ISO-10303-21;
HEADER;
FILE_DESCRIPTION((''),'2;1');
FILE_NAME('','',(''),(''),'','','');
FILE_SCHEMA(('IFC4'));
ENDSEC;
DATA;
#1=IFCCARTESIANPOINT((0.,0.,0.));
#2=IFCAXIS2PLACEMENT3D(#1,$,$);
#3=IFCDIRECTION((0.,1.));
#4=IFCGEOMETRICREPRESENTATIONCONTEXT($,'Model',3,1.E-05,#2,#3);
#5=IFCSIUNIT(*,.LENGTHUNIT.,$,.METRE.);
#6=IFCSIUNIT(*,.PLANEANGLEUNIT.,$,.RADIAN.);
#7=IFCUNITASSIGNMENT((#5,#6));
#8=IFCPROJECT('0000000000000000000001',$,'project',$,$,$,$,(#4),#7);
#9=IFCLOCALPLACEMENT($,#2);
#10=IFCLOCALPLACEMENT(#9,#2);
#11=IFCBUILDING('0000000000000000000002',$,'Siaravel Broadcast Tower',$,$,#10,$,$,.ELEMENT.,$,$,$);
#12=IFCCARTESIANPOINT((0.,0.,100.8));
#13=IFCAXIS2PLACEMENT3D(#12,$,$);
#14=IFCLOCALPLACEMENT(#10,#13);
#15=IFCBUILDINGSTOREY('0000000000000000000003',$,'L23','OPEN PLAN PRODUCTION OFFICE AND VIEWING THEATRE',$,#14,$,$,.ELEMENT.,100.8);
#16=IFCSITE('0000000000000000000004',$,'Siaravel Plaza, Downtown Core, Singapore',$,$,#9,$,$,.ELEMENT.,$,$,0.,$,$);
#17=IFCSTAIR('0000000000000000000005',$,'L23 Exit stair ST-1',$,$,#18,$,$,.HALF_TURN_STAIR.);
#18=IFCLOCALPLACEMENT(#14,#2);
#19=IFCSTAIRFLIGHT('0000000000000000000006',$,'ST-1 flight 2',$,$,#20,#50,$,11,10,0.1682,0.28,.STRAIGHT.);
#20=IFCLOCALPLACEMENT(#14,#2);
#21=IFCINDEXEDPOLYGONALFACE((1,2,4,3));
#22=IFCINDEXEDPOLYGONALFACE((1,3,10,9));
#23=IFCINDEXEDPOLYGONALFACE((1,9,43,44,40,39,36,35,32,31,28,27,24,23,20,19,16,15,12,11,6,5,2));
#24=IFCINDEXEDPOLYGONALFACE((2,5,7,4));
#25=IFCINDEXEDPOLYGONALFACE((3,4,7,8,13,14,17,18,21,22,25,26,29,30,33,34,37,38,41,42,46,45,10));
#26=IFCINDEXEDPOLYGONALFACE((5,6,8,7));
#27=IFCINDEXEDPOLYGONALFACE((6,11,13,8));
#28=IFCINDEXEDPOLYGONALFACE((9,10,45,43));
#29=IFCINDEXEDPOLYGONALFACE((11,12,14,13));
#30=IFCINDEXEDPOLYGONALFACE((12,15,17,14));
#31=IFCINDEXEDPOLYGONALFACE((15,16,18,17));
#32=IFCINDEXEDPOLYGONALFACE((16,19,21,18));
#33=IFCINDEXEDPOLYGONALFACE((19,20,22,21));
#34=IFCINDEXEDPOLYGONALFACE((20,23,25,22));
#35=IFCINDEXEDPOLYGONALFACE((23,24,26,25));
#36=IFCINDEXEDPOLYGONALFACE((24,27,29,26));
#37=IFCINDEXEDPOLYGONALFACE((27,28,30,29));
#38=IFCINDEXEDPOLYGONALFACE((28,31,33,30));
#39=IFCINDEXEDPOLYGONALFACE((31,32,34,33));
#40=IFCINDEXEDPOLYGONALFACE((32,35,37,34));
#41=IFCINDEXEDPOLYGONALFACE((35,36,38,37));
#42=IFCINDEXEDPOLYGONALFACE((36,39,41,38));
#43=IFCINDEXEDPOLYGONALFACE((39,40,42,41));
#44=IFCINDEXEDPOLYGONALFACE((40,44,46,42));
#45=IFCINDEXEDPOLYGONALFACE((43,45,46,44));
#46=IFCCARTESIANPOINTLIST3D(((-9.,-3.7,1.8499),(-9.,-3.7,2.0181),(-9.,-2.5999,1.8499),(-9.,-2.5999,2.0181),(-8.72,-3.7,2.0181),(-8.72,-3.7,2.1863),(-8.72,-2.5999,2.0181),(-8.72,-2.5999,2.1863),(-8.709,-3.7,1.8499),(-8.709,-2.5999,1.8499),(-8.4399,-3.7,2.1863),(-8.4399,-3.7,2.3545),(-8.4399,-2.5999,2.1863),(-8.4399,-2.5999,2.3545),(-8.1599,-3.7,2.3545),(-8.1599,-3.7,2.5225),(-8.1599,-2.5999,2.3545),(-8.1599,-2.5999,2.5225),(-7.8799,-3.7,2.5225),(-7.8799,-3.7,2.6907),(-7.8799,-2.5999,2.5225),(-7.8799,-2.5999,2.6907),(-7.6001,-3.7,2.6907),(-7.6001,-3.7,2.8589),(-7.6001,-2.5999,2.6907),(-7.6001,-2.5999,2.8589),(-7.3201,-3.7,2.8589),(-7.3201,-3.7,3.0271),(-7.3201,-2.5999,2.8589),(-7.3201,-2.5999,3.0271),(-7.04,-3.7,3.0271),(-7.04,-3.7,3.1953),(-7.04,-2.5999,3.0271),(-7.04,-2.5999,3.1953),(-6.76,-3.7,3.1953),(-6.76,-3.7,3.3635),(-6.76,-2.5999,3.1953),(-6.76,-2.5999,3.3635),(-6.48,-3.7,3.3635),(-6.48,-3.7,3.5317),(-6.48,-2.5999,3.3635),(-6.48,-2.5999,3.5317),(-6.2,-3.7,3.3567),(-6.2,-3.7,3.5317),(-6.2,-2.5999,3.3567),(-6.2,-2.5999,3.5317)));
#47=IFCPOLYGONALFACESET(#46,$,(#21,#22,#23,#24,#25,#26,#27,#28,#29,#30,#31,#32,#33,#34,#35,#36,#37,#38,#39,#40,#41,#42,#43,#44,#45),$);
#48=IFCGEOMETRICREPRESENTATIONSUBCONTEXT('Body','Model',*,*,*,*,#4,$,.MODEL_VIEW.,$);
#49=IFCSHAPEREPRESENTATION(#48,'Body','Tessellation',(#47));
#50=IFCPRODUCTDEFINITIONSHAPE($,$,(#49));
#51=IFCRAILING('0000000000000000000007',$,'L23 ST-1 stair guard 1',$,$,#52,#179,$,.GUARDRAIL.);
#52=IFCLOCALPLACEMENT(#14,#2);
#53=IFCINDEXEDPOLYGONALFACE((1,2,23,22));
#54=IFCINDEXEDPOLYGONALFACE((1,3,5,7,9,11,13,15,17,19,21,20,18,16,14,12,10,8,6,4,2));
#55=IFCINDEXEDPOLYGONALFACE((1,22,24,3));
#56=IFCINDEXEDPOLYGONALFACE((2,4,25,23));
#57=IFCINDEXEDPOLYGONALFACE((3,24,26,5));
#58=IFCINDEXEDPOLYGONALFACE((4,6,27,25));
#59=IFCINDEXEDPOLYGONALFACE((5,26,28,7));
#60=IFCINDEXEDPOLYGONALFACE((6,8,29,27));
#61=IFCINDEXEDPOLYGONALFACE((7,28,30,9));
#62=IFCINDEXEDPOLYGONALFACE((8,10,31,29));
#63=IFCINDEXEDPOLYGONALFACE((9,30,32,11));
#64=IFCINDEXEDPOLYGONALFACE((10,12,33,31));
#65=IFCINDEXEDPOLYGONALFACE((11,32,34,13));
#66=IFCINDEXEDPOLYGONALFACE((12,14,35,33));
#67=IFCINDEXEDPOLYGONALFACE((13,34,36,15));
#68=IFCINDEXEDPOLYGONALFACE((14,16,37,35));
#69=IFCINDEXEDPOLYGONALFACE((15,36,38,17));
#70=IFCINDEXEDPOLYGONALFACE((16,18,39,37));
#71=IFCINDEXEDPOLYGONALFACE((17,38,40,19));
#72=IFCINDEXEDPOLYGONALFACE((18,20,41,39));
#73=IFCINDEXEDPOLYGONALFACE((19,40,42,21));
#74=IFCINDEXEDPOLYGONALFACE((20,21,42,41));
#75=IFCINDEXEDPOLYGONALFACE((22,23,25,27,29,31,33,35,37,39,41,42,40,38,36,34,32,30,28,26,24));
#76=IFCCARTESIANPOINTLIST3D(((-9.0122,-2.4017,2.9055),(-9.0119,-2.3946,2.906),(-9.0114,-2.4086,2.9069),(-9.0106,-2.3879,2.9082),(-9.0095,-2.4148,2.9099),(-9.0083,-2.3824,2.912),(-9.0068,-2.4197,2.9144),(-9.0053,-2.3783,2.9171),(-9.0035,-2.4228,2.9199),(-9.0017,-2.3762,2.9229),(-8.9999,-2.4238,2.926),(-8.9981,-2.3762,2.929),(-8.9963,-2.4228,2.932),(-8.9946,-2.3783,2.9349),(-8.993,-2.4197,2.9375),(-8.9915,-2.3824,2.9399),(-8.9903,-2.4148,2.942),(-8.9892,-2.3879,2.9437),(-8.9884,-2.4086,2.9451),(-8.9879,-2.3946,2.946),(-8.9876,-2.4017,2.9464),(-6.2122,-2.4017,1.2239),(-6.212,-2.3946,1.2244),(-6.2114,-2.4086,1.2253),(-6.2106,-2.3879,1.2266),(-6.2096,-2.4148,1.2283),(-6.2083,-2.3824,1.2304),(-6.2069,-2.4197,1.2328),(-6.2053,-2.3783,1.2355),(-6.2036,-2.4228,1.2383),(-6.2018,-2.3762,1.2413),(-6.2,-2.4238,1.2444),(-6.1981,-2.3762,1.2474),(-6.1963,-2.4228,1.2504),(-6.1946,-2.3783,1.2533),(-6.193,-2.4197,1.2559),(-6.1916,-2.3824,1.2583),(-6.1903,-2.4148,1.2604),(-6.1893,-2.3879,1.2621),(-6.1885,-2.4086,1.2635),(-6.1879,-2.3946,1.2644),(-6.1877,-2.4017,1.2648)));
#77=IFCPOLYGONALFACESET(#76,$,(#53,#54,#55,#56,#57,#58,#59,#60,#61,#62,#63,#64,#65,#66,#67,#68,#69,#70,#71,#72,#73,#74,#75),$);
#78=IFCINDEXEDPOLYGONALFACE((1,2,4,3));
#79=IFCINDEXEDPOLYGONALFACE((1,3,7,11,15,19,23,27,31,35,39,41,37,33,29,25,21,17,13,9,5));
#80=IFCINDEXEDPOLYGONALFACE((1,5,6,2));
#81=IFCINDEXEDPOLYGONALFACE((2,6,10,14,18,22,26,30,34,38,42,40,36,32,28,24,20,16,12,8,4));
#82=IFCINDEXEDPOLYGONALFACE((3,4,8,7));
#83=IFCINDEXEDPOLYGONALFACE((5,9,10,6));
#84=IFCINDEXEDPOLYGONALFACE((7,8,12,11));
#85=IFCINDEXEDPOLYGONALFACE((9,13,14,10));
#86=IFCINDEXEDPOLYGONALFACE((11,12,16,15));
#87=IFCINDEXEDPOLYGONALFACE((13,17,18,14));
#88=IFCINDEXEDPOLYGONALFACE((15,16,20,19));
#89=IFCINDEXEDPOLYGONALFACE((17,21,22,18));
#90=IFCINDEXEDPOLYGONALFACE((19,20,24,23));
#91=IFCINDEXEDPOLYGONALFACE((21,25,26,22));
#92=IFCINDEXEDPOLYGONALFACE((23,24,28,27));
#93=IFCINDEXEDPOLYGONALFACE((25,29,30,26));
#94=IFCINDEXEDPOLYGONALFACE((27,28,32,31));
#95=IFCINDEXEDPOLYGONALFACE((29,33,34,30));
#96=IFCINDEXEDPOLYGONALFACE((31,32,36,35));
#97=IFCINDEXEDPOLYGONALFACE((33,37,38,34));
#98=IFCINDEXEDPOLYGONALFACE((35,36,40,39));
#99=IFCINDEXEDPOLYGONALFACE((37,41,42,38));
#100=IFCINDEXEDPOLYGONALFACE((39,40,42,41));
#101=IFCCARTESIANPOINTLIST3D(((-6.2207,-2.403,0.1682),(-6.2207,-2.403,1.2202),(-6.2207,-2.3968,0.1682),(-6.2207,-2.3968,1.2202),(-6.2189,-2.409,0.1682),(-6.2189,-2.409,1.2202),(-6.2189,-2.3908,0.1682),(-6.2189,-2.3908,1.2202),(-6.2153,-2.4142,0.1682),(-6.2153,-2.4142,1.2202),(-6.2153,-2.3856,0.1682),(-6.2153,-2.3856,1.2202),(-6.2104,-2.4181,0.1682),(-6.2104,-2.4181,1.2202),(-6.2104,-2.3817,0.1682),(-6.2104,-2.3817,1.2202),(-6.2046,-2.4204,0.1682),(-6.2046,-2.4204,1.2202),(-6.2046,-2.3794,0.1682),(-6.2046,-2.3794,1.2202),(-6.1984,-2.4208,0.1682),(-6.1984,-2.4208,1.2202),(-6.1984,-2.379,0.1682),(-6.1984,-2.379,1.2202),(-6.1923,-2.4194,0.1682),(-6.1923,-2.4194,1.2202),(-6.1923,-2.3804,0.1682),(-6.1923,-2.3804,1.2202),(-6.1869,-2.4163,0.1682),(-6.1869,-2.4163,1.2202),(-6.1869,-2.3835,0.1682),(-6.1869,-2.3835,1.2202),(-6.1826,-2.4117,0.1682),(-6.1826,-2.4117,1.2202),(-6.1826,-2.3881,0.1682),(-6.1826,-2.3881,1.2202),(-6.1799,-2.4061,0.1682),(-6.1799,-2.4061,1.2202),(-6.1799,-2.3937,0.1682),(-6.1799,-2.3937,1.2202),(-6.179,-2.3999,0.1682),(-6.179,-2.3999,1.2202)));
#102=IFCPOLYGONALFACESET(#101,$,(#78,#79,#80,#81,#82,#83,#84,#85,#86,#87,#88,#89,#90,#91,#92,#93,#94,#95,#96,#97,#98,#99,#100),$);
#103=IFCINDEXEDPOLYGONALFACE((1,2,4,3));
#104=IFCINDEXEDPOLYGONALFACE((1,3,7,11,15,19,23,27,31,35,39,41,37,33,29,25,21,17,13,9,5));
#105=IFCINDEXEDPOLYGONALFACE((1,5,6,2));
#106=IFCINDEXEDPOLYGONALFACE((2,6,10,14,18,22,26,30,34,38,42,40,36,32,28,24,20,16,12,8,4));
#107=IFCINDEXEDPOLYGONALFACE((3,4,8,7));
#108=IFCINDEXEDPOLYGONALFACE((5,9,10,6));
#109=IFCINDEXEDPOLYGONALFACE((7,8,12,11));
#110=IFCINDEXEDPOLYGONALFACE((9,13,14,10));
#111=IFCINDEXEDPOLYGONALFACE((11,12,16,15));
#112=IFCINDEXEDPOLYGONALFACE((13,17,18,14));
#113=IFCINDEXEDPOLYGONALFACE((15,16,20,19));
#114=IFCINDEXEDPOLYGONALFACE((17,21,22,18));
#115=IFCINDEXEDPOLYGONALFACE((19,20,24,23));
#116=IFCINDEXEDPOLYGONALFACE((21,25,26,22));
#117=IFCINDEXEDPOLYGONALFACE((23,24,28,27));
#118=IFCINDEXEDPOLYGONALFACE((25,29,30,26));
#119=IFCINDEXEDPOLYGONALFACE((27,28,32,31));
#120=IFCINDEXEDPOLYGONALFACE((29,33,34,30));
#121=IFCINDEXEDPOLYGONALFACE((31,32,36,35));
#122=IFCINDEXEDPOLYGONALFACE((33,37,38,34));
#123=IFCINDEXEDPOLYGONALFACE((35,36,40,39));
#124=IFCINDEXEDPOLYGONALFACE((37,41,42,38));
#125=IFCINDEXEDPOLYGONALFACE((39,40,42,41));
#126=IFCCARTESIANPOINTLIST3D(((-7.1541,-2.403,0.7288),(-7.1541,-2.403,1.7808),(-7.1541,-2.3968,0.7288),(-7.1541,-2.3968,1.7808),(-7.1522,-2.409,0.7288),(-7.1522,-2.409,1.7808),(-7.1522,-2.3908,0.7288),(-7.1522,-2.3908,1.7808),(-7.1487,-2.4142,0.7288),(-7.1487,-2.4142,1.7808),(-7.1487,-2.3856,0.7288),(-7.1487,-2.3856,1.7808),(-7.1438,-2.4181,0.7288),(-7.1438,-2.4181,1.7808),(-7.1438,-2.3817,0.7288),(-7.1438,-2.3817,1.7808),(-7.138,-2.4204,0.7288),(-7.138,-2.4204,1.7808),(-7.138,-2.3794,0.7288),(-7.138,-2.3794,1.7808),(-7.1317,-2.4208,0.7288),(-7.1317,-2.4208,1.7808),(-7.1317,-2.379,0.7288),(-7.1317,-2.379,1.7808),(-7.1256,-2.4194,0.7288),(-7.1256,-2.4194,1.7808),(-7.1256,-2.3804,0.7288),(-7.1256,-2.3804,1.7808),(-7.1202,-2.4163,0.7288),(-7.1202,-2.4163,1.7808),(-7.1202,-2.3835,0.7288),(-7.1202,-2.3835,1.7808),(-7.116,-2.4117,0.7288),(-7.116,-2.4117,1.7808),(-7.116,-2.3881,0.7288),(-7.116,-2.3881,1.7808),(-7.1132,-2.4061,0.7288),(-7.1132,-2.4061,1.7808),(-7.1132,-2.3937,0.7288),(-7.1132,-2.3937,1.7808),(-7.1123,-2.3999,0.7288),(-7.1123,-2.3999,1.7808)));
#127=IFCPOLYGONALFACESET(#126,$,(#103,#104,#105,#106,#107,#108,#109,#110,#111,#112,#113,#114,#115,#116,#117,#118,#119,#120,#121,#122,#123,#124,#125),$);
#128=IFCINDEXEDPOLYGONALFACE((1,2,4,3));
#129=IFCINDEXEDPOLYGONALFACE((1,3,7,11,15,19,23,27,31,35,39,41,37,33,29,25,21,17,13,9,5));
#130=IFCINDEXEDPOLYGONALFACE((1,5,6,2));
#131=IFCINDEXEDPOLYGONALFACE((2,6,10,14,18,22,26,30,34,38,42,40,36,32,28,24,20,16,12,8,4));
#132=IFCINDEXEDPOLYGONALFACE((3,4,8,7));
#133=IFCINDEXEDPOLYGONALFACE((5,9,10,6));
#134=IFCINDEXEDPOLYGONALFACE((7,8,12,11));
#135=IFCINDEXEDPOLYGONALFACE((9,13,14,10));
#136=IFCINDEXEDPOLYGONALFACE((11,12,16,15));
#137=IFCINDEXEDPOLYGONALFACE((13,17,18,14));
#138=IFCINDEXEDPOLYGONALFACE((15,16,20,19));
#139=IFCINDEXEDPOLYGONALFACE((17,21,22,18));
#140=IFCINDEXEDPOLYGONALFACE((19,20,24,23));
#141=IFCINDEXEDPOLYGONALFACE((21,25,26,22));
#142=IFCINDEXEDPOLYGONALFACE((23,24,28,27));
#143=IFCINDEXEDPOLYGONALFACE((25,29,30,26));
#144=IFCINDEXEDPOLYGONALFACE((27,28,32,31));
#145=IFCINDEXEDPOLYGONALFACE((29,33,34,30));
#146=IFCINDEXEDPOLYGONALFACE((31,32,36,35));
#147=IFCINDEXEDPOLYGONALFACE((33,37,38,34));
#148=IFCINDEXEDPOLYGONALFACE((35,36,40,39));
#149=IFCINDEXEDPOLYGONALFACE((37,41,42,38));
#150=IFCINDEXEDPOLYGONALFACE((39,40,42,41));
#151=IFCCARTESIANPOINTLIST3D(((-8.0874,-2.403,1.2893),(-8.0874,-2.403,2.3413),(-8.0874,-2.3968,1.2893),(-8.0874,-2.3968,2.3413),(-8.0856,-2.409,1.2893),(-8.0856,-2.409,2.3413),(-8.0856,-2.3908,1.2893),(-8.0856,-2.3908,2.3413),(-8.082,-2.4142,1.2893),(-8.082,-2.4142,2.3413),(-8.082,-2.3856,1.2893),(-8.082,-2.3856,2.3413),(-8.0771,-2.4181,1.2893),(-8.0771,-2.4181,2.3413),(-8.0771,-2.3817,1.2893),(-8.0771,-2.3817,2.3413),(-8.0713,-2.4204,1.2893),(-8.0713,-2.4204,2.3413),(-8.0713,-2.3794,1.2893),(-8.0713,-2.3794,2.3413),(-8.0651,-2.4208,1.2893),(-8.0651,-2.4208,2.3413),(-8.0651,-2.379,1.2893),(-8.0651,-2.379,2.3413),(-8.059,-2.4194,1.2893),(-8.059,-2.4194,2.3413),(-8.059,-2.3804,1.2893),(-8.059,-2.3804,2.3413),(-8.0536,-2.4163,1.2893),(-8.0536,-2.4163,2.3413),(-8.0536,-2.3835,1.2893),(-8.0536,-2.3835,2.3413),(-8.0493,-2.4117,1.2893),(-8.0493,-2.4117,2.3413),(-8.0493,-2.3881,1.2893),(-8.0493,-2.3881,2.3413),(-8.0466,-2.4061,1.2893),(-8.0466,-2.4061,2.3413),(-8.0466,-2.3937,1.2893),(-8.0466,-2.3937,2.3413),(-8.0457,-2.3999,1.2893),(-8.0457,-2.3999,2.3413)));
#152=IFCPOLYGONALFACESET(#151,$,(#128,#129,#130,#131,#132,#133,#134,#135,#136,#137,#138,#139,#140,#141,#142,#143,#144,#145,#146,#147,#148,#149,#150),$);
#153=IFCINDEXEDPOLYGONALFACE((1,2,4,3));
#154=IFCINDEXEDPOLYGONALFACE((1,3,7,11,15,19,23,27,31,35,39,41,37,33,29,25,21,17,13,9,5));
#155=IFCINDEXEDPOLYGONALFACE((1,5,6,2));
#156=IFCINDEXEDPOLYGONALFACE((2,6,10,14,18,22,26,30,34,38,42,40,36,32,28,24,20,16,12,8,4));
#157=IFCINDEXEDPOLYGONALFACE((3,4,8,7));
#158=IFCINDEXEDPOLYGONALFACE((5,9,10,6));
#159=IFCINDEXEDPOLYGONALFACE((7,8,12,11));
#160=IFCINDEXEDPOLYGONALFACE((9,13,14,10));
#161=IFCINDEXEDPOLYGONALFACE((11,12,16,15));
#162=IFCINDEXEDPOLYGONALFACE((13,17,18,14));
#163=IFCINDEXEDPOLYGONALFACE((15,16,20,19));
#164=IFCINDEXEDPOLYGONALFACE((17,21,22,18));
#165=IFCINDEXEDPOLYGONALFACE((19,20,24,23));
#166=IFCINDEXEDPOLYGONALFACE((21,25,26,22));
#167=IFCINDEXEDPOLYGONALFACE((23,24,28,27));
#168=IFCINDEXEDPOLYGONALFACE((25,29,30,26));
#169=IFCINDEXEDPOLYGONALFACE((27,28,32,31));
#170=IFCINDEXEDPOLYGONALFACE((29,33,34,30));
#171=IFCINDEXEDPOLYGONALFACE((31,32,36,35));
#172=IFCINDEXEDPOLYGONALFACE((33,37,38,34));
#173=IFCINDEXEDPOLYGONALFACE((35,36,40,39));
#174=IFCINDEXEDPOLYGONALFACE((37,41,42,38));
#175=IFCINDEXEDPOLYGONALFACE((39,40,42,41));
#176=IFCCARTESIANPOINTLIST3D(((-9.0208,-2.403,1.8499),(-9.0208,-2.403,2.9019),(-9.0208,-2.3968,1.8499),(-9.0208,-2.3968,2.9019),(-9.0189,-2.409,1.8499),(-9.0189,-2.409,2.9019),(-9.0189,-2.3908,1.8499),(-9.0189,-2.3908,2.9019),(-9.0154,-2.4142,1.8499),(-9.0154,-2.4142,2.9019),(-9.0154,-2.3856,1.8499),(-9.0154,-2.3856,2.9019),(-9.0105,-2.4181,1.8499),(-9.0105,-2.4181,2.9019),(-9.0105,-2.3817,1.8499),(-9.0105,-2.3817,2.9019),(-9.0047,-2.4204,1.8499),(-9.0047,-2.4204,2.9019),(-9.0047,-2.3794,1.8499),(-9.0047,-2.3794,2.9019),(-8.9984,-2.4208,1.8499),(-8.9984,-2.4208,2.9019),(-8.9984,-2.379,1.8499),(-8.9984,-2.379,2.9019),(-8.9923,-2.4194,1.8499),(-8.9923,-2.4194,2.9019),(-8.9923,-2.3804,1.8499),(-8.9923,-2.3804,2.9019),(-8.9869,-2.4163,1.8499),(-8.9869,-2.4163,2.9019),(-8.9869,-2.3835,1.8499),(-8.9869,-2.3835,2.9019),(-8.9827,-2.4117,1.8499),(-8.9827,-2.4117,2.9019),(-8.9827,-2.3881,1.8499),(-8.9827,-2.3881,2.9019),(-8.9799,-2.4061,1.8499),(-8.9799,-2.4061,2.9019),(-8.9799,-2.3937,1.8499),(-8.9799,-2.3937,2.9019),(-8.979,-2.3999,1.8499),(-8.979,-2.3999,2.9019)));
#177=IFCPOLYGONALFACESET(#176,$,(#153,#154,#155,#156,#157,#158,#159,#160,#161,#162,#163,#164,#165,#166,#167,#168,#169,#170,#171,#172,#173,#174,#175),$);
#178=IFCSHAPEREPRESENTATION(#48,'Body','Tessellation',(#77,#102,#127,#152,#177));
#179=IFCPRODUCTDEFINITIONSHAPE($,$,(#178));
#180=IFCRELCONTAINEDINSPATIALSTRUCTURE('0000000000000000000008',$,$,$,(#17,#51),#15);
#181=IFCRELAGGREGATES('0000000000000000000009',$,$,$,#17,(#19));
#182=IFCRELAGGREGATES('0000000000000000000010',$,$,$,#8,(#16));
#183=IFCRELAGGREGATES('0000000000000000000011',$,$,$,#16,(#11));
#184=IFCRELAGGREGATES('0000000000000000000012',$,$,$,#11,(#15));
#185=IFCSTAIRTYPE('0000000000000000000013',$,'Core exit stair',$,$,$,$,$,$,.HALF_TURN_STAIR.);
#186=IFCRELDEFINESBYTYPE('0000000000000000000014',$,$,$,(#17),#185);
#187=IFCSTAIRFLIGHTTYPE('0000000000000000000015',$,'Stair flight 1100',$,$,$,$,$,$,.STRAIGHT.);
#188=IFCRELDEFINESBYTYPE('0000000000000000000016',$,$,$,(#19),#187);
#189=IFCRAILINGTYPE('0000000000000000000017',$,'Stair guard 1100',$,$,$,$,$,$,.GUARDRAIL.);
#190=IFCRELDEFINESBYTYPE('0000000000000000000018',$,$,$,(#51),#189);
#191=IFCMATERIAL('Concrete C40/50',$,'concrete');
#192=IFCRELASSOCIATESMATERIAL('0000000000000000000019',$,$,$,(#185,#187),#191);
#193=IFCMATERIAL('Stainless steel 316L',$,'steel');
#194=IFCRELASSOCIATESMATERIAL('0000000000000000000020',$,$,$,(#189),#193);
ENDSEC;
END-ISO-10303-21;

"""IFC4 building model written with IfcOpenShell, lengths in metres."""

from ifc_helpers import new_model, si_unit, direction, frame, origin, origin_2d, place, context, subcontext, project, spatial, polyline, circle, outline, extrude, material, type_object, element, aggregate, save


model = new_model("IFC4")

# Units and contexts
model_context = context("Model", 3, precision=1e-05, world=origin(), true_north=direction((0.0, 1.0)))
body_context = subcontext(model_context, "Body", "Model", "MODEL_VIEW")
ifc_project = project(units=[si_unit("LENGTHUNIT", "METRE"), si_unit("PLANEANGLEUNIT", "RADIAN")], contexts=[model_context])

# Site, building, storey
site_placement = place(None, origin())
site = spatial("IfcSite", under=ifc_project, at=site_placement, Name="Siaravel Plaza, Downtown Core, Singapore", CompositionType="ELEMENT", RefElevation=0.0)
building_placement = place(site_placement, origin())
building = spatial("IfcBuilding", under=site, at=building_placement, Name="Siaravel Broadcast Tower", CompositionType="ELEMENT")
storey_placement = place(building_placement, frame((0.0, 0.0, 100.8)))
storey = spatial("IfcBuildingStorey", under=building, at=storey_placement, Name="L23", Description="OPEN PLAN PRODUCTION OFFICE AND VIEWING THEATRE", CompositionType="ELEMENT", Elevation=100.8)

# Stair, stair flight
ifc_material_1 = material(Name="Concrete C40/50", Category="concrete")
stair_type = type_object("IfcStairType", Name="Core exit stair", PredefinedType="HALF_TURN_STAIR", material=ifc_material_1)
stair_placement = place(storey_placement, origin())
stair = element("IfcStair", 1, at=stair_placement, inside=storey, type_object=stair_type, Name="L23 Exit stair ST-1", PredefinedType="HALF_TURN_STAIR")
stair_flight_type = type_object("IfcStairFlightType", Name="Stair flight 1100", PredefinedType="STRAIGHT", material=ifc_material_1)
stair_flight_1_placement = place(storey_placement, frame((-9.0, -3.1499, 1.8499), z_axis=(0.0, 0.0, 1.0), x_axis=(1.0, 0.0, 0.0)))
stair_flight_1 = element("IfcStairFlight", 2, at=stair_flight_1_placement, type_object=stair_flight_type, Name="ST-1 flight 2", NumberOfRisers=11, NumberOfTreads=10, PredefinedType="STRAIGHT", RiserHeight=0.1682, TreadLength=0.28, context=body_context, shape_type="SweptSolid", body=[
    extrude(outline(polyline([(0.0, 0.0), (0.0, 0.1682), (0.28, 0.1682), (0.28, 0.3364), (0.5601, 0.3364), (0.5601, 0.5046), (0.8401, 0.5046), (0.8401, 0.6726), (1.1201, 0.6726), (1.1201, 0.8408), (1.3999, 0.8408), (1.3999, 1.009), (1.6799, 1.009), (1.6799, 1.1772), (1.96, 1.1772), (1.96, 1.3455), (2.24, 1.3455), (2.24, 1.5137), (2.52, 1.5137), (2.52, 1.6819), (2.8, 1.6819), (2.8, 1.8501), (2.8, 1.5068), (0.291, 0.0), (0.0, 0.0)])), frame((0.0, 0.55, 0.0), z_axis=(0.0, -1.0, 0.0), x_axis=(1.0, 0.0, 0.0)), (0.0, 0.0, 1.0), 1.1001),
])
aggregate(stair, [stair_flight_1])

# Railing
ifc_material_2 = material(Name="Stainless steel 316L", Category="steel")
railing_type_1 = type_object("IfcRailingType", Name="Stair guard 1100", PredefinedType="GUARDRAIL", material=ifc_material_2)
railing_1_placement = place(storey_placement, frame((-6.2, -2.3999, 0.1682)))
element("IfcRailing", 3, at=railing_1_placement, inside=storey, type_object=railing_type_1, Name="L23 ST-1 stair guard 1", PredefinedType="GUARDRAIL", context=body_context, shape_type="SweptSolid", body=[
    extrude(circle(Radius=0.0239, at=origin_2d()), frame((0.0, 0.0, 1.0762), z_axis=(-0.857275, 0.0, 0.514858), x_axis=(0.0, -1.0, 0.0)), (0.0, 0.0, 1.0), 3.2661),
    extrude(circle(Radius=0.021, at=origin_2d()), origin(), (0.0, 0.0, 1.0), 1.052),
    extrude(circle(Radius=0.021, at=origin_2d()), frame((-0.9333, 0.0, 0.5605)), (0.0, 0.0, 1.0), 1.052),
    extrude(circle(Radius=0.021, at=origin_2d()), frame((-1.8667, 0.0, 1.1211)), (0.0, 0.0, 1.0), 1.052),
    extrude(circle(Radius=0.021, at=origin_2d()), frame((-2.8, 0.0, 1.6816)), (0.0, 0.0, 1.0), 1.052),
])

save(model, "model.ifc")
